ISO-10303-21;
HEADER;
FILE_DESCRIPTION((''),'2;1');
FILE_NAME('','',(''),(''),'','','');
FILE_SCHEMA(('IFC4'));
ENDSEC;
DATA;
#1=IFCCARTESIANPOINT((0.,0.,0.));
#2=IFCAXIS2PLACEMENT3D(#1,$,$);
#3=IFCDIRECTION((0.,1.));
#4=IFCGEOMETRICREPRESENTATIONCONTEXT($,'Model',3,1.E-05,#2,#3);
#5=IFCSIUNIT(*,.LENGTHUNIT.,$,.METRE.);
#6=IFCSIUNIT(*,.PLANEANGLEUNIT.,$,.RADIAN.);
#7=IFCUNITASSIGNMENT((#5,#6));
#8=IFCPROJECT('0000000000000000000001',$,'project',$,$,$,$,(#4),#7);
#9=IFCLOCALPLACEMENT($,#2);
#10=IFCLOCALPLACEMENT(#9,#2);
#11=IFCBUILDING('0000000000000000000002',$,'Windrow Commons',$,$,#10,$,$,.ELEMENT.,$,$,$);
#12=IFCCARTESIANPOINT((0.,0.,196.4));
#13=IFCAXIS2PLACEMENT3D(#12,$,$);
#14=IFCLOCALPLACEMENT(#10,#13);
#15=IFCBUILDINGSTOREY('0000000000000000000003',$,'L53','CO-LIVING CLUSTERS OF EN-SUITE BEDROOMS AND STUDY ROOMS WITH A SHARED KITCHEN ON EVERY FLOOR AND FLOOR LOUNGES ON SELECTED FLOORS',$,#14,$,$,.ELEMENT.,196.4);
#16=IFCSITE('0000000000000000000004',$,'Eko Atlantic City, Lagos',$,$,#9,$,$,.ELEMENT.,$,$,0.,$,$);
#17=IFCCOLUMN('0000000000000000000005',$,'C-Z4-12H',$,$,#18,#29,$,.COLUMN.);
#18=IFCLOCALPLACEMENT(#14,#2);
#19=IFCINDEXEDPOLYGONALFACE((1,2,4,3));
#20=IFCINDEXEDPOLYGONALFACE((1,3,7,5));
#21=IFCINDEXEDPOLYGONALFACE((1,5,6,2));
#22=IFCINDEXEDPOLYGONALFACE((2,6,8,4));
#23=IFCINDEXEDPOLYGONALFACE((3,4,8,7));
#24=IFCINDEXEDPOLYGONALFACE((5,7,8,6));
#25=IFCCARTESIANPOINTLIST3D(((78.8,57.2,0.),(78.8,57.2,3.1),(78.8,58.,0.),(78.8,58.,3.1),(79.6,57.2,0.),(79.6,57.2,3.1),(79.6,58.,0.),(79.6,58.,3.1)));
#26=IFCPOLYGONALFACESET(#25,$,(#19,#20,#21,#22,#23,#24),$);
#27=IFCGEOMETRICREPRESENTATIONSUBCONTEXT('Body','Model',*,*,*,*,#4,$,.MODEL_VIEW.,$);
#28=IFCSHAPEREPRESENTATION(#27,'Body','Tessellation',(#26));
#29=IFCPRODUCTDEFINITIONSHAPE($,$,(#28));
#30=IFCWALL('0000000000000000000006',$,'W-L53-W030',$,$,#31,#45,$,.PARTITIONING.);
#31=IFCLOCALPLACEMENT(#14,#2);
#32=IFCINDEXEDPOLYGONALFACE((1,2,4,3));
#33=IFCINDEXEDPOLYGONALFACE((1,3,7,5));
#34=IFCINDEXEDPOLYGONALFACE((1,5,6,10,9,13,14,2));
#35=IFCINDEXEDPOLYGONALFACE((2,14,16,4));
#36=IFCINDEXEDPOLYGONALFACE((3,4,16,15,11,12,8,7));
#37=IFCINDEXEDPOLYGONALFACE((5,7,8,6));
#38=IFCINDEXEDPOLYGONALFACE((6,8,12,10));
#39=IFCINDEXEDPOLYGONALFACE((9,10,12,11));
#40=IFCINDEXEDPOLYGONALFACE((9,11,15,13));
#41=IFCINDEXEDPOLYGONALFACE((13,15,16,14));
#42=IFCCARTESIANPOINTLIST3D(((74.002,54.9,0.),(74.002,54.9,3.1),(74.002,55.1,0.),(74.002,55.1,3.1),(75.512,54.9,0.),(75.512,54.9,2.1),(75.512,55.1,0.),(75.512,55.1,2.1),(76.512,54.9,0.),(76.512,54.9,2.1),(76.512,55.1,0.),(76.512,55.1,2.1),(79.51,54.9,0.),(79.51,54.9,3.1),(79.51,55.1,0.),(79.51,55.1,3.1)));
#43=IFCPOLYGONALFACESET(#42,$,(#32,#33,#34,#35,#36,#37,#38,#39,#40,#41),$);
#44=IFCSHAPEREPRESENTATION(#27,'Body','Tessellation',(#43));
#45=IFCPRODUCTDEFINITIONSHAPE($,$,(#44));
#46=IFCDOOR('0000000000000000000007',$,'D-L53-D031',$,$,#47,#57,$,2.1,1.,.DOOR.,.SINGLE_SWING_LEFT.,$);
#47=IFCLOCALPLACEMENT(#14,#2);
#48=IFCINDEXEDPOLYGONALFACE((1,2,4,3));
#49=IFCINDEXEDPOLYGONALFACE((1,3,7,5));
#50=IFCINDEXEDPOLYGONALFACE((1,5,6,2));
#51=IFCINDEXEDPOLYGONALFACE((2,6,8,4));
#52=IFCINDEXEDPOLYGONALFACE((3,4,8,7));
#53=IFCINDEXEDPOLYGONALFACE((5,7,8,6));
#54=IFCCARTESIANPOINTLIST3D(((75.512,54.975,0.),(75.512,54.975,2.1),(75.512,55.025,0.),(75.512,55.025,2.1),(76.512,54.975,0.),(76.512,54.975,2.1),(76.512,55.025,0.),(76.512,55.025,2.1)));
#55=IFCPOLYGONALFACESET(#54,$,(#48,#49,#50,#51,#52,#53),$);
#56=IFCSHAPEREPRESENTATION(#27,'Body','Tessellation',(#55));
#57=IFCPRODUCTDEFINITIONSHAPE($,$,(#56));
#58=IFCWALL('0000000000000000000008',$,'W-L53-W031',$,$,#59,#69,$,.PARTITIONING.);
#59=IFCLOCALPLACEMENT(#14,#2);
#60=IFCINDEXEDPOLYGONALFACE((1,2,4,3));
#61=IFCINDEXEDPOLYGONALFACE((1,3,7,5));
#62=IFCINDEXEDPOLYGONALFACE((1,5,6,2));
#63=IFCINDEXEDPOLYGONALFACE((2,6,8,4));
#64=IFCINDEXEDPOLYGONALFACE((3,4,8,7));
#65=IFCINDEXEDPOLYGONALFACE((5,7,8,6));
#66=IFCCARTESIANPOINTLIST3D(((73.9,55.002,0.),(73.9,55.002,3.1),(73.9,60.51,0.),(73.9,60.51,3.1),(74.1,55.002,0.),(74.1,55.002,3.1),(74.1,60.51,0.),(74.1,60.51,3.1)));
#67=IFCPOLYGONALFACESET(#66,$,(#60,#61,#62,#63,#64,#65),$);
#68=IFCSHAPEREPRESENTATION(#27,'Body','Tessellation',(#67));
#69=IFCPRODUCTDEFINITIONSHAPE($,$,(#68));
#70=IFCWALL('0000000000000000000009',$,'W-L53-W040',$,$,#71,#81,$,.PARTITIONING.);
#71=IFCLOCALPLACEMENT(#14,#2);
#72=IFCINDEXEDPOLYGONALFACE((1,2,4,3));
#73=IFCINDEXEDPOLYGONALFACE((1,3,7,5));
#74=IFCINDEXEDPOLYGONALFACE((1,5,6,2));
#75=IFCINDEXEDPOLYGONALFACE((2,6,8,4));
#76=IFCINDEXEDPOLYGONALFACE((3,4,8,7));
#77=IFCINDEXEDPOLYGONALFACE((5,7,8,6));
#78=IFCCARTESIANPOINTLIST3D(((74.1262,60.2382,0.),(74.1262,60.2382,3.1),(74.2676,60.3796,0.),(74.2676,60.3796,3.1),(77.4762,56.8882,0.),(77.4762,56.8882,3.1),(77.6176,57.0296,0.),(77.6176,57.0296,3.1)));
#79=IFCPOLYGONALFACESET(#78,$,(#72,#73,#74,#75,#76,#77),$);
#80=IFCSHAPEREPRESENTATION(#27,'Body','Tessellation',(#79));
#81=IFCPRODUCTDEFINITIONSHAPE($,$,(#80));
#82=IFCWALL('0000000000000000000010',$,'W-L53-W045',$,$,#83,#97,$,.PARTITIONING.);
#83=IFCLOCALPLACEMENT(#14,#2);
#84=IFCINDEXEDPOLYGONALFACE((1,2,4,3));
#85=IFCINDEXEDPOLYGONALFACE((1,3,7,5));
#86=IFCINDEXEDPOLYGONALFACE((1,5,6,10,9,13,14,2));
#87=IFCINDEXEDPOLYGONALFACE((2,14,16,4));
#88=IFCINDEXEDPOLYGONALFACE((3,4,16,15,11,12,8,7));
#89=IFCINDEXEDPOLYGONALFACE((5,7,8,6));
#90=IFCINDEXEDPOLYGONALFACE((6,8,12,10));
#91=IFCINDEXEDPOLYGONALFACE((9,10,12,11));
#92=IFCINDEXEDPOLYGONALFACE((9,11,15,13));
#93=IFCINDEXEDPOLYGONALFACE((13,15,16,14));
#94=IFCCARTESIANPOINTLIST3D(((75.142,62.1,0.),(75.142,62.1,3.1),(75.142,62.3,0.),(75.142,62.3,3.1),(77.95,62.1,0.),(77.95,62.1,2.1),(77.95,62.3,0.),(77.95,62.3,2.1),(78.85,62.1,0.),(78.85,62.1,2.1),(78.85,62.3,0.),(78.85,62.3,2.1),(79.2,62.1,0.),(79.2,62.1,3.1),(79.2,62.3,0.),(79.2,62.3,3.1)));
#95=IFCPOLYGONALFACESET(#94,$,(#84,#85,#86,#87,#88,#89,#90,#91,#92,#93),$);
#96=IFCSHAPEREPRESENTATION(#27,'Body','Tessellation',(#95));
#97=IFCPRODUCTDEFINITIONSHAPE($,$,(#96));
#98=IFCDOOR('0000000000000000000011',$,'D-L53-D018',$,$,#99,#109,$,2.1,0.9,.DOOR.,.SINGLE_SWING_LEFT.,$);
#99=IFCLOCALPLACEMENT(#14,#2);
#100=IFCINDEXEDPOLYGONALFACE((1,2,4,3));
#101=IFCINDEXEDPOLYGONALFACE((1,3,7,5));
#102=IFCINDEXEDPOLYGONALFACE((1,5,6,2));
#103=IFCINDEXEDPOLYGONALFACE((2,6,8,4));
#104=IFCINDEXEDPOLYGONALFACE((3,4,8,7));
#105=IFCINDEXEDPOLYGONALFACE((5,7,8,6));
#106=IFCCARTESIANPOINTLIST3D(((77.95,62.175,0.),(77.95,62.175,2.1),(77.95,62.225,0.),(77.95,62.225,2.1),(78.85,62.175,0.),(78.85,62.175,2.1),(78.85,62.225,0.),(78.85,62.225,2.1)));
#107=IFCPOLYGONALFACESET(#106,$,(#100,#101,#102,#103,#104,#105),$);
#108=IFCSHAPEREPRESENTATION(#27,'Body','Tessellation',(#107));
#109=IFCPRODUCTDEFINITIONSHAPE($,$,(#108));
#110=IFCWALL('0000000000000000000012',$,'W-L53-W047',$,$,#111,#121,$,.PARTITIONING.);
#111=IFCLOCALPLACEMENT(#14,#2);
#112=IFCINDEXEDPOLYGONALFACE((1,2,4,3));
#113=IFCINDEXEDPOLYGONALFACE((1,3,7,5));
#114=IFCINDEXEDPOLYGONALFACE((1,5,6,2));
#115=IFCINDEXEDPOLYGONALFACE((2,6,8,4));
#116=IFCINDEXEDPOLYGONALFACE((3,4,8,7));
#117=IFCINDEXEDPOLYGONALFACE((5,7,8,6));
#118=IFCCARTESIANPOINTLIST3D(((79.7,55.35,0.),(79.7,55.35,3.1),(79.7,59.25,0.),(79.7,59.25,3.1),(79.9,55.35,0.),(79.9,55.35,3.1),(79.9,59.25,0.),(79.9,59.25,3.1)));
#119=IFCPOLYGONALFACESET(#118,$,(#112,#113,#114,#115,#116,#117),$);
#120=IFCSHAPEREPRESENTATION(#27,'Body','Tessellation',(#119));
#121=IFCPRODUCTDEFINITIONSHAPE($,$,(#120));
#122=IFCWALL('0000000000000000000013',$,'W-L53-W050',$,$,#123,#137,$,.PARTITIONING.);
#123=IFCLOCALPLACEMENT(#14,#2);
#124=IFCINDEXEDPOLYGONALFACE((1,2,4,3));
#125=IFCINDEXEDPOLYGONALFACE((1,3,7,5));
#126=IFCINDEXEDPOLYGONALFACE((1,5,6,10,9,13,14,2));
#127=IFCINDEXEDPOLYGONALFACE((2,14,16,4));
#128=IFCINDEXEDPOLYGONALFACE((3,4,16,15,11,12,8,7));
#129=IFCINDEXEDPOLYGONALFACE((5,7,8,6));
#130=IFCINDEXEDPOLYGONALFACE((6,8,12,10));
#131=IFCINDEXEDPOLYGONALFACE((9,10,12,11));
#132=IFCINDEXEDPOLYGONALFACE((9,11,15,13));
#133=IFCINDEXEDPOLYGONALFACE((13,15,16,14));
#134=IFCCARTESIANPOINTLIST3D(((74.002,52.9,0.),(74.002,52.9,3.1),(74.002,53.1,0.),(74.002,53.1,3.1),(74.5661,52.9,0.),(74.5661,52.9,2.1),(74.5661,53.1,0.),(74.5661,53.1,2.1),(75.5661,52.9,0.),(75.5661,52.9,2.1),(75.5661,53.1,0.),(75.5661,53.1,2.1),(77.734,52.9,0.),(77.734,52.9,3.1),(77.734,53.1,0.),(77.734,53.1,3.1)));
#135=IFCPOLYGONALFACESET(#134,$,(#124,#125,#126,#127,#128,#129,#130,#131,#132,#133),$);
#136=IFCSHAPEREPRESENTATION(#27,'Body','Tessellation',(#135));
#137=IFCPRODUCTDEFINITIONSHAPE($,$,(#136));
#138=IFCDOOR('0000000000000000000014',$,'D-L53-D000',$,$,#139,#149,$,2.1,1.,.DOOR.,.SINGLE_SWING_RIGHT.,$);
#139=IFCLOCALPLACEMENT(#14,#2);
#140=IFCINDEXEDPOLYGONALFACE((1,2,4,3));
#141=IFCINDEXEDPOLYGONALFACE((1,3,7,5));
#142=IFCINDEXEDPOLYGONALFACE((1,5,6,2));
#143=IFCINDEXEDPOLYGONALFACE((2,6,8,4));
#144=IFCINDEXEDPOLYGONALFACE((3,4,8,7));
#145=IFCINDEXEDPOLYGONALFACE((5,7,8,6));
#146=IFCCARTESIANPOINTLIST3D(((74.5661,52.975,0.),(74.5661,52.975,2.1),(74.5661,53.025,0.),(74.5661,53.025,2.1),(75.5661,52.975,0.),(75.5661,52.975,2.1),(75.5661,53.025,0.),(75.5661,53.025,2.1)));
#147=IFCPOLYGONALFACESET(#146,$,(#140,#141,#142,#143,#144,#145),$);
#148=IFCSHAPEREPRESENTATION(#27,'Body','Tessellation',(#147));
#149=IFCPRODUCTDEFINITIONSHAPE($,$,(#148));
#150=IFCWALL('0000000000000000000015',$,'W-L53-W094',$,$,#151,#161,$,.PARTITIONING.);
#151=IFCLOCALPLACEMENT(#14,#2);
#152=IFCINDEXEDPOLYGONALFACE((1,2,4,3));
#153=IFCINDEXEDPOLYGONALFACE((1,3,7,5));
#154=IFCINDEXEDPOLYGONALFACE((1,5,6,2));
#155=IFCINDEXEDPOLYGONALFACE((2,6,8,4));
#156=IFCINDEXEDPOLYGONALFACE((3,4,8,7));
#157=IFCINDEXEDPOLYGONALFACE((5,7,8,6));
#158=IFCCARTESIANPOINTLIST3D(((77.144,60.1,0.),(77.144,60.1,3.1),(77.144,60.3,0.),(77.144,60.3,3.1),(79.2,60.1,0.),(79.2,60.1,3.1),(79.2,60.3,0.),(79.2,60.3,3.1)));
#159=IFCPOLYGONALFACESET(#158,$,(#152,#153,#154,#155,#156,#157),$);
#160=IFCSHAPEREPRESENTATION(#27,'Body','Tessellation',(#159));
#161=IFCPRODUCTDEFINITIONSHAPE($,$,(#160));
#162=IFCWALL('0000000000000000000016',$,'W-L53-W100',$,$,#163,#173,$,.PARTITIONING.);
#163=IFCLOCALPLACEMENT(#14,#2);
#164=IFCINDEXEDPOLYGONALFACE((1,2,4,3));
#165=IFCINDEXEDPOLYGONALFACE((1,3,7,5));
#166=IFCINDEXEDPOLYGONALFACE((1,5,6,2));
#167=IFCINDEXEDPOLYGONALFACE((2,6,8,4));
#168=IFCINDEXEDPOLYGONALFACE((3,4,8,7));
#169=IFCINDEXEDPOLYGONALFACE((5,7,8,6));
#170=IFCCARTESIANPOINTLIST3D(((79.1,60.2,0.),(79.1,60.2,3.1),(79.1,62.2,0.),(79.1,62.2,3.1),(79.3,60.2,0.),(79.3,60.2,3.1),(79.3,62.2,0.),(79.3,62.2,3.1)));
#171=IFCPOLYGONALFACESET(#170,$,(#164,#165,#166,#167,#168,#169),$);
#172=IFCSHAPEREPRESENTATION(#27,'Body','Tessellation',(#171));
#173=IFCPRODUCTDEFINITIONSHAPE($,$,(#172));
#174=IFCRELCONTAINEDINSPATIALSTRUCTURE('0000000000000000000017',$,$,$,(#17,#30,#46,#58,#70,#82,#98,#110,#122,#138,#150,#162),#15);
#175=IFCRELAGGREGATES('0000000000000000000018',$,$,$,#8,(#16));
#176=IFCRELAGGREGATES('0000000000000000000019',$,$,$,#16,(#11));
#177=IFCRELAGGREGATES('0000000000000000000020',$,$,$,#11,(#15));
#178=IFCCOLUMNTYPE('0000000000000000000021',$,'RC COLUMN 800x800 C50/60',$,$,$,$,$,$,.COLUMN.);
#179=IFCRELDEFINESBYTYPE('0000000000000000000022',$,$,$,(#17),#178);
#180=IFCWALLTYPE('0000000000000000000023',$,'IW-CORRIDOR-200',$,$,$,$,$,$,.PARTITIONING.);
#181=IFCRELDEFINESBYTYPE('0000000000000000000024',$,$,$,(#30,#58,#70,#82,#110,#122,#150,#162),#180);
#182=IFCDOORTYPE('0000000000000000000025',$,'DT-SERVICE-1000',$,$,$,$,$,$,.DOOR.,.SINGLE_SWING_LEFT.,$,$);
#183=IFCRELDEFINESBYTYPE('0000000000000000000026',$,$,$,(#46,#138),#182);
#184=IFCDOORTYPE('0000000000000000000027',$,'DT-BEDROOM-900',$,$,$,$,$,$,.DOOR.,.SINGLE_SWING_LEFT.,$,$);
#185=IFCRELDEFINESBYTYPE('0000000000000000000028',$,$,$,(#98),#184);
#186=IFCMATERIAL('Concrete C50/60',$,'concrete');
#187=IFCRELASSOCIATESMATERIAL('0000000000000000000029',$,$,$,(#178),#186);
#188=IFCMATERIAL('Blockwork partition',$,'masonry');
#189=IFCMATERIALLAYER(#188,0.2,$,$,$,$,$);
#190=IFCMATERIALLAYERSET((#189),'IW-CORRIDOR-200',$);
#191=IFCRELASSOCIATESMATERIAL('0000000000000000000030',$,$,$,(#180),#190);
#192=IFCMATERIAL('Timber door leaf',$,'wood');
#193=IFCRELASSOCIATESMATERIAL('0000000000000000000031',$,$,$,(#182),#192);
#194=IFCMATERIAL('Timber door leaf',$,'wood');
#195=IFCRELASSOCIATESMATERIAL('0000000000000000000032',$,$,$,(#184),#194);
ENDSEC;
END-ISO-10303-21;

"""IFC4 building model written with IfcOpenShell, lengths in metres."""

from ifc_helpers import new_model, si_unit, direction, frame, frame_2d, origin, origin_2d, place, context, subcontext, project, spatial, rectangle, extrude, material, layer, layer_set, material_profile, profile_set, type_object, element, fill, save


model = new_model("IFC4")

# Units and contexts
model_context = context("Model", 3, precision=1e-05, world=origin(), true_north=direction((0.0, 1.0)))
body_context = subcontext(model_context, "Body", "Model", "MODEL_VIEW")
ifc_project = project(units=[si_unit("LENGTHUNIT", "METRE"), si_unit("PLANEANGLEUNIT", "RADIAN")], contexts=[model_context])

# Site, building, storey
site_placement = place(None, origin())
site = spatial("IfcSite", under=ifc_project, at=site_placement, Name="Eko Atlantic City, Lagos", CompositionType="ELEMENT", RefElevation=0.0)
building_placement = place(site_placement, origin())
building = spatial("IfcBuilding", under=site, at=building_placement, Name="Windrow Commons", CompositionType="ELEMENT")
storey_placement = place(building_placement, frame((0.0, 0.0, 196.4)))
storey = spatial("IfcBuildingStorey", under=building, at=storey_placement, Name="L53", Description="CO-LIVING CLUSTERS OF EN-SUITE BEDROOMS AND STUDY ROOMS WITH A SHARED KITCHEN ON EVERY FLOOR AND FLOOR LOUNGES ON SELECTED FLOORS", CompositionType="ELEMENT", Elevation=196.4)

# Column
ifc_material_1 = material(Name="Concrete C50/60", Category="concrete")
ifc_material_profile = material_profile(ifc_material_1, rectangle(XDim=0.8, YDim=0.8, at=origin_2d()))
ifc_profile_set = profile_set([ifc_material_profile], Name="Concrete C50/60")
column_type = type_object("IfcColumnType", Name="RC COLUMN 800x800 C50/60", PredefinedType="COLUMN", material=ifc_profile_set)
column_placement = place(storey_placement, frame((79.2, 57.6, 0.0), z_axis=(0.0, 0.0, 1.0), x_axis=(1.0, 0.0, 0.0)))
element("IfcColumn", 1, at=column_placement, inside=storey, type_object=column_type, Name="C-Z4-12H", PredefinedType="COLUMN", context=body_context, shape_type="SweptSolid", body=[
    extrude(rectangle(XDim=0.8, YDim=0.8, at=origin_2d()), origin(), (0.0, 0.0, 1.0), 3.1),
])

# Wall, opening, door
ifc_material_2 = material(Name="Blockwork partition", Category="masonry")
ifc_layer_1 = layer(ifc_material_2, 0.2)
ifc_layer_set_1 = layer_set([ifc_layer_1], Name="IW-CORRIDOR-200")
wall_type_1 = type_object("IfcWallType", Name="IW-CORRIDOR-200", PredefinedType="PARTITIONING", material=ifc_layer_set_1)
wall_1_placement = place(storey_placement, frame((74.002, 55.0, 0.0), z_axis=(0.0, 0.0, 1.0), x_axis=(1.0, 0.0, 0.0)))
wall_1 = element("IfcWall", 2, at=wall_1_placement, inside=storey, type_object=wall_type_1, Name="W-L53-W030", PredefinedType="PARTITIONING", context=body_context, shape_type="SweptSolid", body=[
    extrude(rectangle(XDim=5.508, YDim=0.2, at=frame_2d((2.754, 0.0))), origin(), (0.0, 0.0, 1.0), 3.1),
])
opening_1_placement = place(wall_1_placement, frame((1.51, 0.0, 0.0)))
opening_1 = element("IfcOpeningElement", 3, at=opening_1_placement, cuts=wall_1, PredefinedType="OPENING", context=body_context, shape_type="SweptSolid", body=[
    extrude(rectangle(XDim=1.0, YDim=2.1, at=frame_2d((0.5, 1.05))), frame((0.0, 0.11, 0.0), z_axis=(0.0, -1.0, 0.0), x_axis=(1.0, 0.0, 0.0)), (0.0, 0.0, 1.0), 0.22),
])
ifc_material_3 = material(Name="Timber door leaf", Category="wood")
door_type_1 = type_object("IfcDoorType", Name="DT-SERVICE-1000", OperationType="SINGLE_SWING_LEFT", PredefinedType="DOOR", material=ifc_material_3)
door_1_placement = place(opening_1_placement, origin())
door_1 = element("IfcDoor", 4, at=door_1_placement, inside=storey, type_object=door_type_1, Name="D-L53-D031", OperationType="SINGLE_SWING_LEFT", OverallHeight=2.1, OverallWidth=1.0, PredefinedType="DOOR", context=body_context, shape_type="SweptSolid", body=[
    extrude(rectangle(XDim=1.0, YDim=2.1, at=frame_2d((0.5, 1.05))), frame((0.0, 0.025, 0.0), z_axis=(0.0, -1.0, 0.0), x_axis=(1.0, 0.0, 0.0)), (0.0, 0.0, 1.0), 0.05),
])
fill(opening_1, door_1)

# Walls
wall_2_placement = place(storey_placement, frame((74.0, 55.002, 0.0), z_axis=(0.0, 0.0, 1.0), x_axis=(0.0, 1.0, 0.0)))
element("IfcWall", 5, at=wall_2_placement, inside=storey, type_object=wall_type_1, Name="W-L53-W031", PredefinedType="PARTITIONING", context=body_context, shape_type="SweptSolid", body=[
    extrude(rectangle(XDim=5.508, YDim=0.2, at=frame_2d((2.754, 0.0))), origin(), (0.0, 0.0, 1.0), 3.1),
])
wall_3_placement = place(storey_placement, frame((74.1969, 60.3089, 0.0), z_axis=(0.0, 0.0, 1.0), x_axis=(0.707107, -0.707107, 0.0)))
element("IfcWall", 6, at=wall_3_placement, inside=storey, type_object=wall_type_1, Name="W-L53-W040", PredefinedType="PARTITIONING", context=body_context, shape_type="SweptSolid", body=[
    extrude(rectangle(XDim=4.7376, YDim=0.2, at=frame_2d((2.3688, 0.0))), origin(), (0.0, 0.0, 1.0), 3.1),
])

# Wall, opening, door
wall_4_placement = place(storey_placement, frame((75.142, 62.2, 0.0), z_axis=(0.0, 0.0, 1.0), x_axis=(1.0, 0.0, 0.0)))
wall_4 = element("IfcWall", 7, at=wall_4_placement, inside=storey, type_object=wall_type_1, Name="W-L53-W045", PredefinedType="PARTITIONING", context=body_context, shape_type="SweptSolid", body=[
    extrude(rectangle(XDim=4.058, YDim=0.2, at=frame_2d((2.029, 0.0))), origin(), (0.0, 0.0, 1.0), 3.1),
])
opening_2_placement = place(wall_4_placement, frame((2.808, 0.0, 0.0)))
opening_2 = element("IfcOpeningElement", 8, at=opening_2_placement, cuts=wall_4, PredefinedType="OPENING", context=body_context, shape_type="SweptSolid", body=[
    extrude(rectangle(XDim=0.9, YDim=2.1, at=frame_2d((0.45, 1.05))), frame((0.0, 0.11, 0.0), z_axis=(0.0, -1.0, 0.0), x_axis=(1.0, 0.0, 0.0)), (0.0, 0.0, 1.0), 0.22),
])
ifc_material_4 = material(Name="Timber door leaf", Category="wood")
door_type_2 = type_object("IfcDoorType", Name="DT-BEDROOM-900", OperationType="SINGLE_SWING_LEFT", PredefinedType="DOOR", material=ifc_material_4)
door_2_placement = place(opening_2_placement, origin())
door_2 = element("IfcDoor", 9, at=door_2_placement, inside=storey, type_object=door_type_2, Name="D-L53-D018", OperationType="SINGLE_SWING_LEFT", OverallHeight=2.1, OverallWidth=0.9, PredefinedType="DOOR", context=body_context, shape_type="SweptSolid", body=[
    extrude(rectangle(XDim=0.9, YDim=2.1, at=frame_2d((0.45, 1.05))), frame((0.0, 0.025, 0.0), z_axis=(0.0, -1.0, 0.0), x_axis=(1.0, 0.0, 0.0)), (0.0, 0.0, 1.0), 0.05),
])
fill(opening_2, door_2)

# Wall
wall_5_placement = place(storey_placement, frame((79.8, 55.35, 0.0), z_axis=(0.0, 0.0, 1.0), x_axis=(0.0, 1.0, 0.0)))
element("IfcWall", 10, at=wall_5_placement, inside=storey, type_object=wall_type_1, Name="W-L53-W047", PredefinedType="PARTITIONING", context=body_context, shape_type="SweptSolid", body=[
    extrude(rectangle(XDim=3.9, YDim=0.2, at=frame_2d((1.95, 0.0))), origin(), (0.0, 0.0, 1.0), 3.1),
])

# Wall, opening, door
wall_6_placement = place(storey_placement, frame((74.002, 53.0, 0.0), z_axis=(0.0, 0.0, 1.0), x_axis=(1.0, 0.0, 0.0)))
wall_6 = element("IfcWall", 11, at=wall_6_placement, inside=storey, type_object=wall_type_1, Name="W-L53-W050", PredefinedType="PARTITIONING", context=body_context, shape_type="SweptSolid", body=[
    extrude(rectangle(XDim=3.732, YDim=0.2, at=frame_2d((1.866, 0.0))), origin(), (0.0, 0.0, 1.0), 3.1),
])
opening_3_placement = place(wall_6_placement, frame((0.5641, 0.0, 0.0)))
opening_3 = element("IfcOpeningElement", 12, at=opening_3_placement, cuts=wall_6, PredefinedType="OPENING", context=body_context, shape_type="SweptSolid", body=[
    extrude(rectangle(XDim=1.0, YDim=2.1, at=frame_2d((0.5, 1.05))), frame((0.0, 0.11, 0.0), z_axis=(0.0, -1.0, 0.0), x_axis=(1.0, 0.0, 0.0)), (0.0, 0.0, 1.0), 0.22),
])
door_3_placement = place(opening_3_placement, origin())
door_3 = element("IfcDoor", 13, at=door_3_placement, inside=storey, type_object=door_type_1, Name="D-L53-D000", OperationType="SINGLE_SWING_RIGHT", OverallHeight=2.1, OverallWidth=1.0, PredefinedType="DOOR", context=body_context, shape_type="SweptSolid", body=[
    extrude(rectangle(XDim=1.0, YDim=2.1, at=frame_2d((0.5, 1.05))), frame((0.0, 0.025, 0.0), z_axis=(0.0, -1.0, 0.0), x_axis=(1.0, 0.0, 0.0)), (0.0, 0.0, 1.0), 0.05),
])
fill(opening_3, door_3)

# Walls
wall_7_placement = place(storey_placement, frame((77.144, 60.2, 0.0), z_axis=(0.0, 0.0, 1.0), x_axis=(1.0, 0.0, 0.0)))
element("IfcWall", 14, at=wall_7_placement, inside=storey, type_object=wall_type_1, Name="W-L53-W094", PredefinedType="PARTITIONING", context=body_context, shape_type="SweptSolid", body=[
    extrude(rectangle(XDim=2.056, YDim=0.2, at=frame_2d((1.028, 0.0))), origin(), (0.0, 0.0, 1.0), 3.1),
])
wall_8_placement = place(storey_placement, frame((79.2, 60.2, 0.0), z_axis=(0.0, 0.0, 1.0), x_axis=(0.0, 1.0, 0.0)))
element("IfcWall", 15, at=wall_8_placement, inside=storey, type_object=wall_type_1, Name="W-L53-W100", PredefinedType="PARTITIONING", context=body_context, shape_type="SweptSolid", body=[
    extrude(rectangle(XDim=2.0, YDim=0.2, at=frame_2d((1.0, 0.0))), origin(), (0.0, 0.0, 1.0), 3.1),
])

save(model, "model.ifc")
